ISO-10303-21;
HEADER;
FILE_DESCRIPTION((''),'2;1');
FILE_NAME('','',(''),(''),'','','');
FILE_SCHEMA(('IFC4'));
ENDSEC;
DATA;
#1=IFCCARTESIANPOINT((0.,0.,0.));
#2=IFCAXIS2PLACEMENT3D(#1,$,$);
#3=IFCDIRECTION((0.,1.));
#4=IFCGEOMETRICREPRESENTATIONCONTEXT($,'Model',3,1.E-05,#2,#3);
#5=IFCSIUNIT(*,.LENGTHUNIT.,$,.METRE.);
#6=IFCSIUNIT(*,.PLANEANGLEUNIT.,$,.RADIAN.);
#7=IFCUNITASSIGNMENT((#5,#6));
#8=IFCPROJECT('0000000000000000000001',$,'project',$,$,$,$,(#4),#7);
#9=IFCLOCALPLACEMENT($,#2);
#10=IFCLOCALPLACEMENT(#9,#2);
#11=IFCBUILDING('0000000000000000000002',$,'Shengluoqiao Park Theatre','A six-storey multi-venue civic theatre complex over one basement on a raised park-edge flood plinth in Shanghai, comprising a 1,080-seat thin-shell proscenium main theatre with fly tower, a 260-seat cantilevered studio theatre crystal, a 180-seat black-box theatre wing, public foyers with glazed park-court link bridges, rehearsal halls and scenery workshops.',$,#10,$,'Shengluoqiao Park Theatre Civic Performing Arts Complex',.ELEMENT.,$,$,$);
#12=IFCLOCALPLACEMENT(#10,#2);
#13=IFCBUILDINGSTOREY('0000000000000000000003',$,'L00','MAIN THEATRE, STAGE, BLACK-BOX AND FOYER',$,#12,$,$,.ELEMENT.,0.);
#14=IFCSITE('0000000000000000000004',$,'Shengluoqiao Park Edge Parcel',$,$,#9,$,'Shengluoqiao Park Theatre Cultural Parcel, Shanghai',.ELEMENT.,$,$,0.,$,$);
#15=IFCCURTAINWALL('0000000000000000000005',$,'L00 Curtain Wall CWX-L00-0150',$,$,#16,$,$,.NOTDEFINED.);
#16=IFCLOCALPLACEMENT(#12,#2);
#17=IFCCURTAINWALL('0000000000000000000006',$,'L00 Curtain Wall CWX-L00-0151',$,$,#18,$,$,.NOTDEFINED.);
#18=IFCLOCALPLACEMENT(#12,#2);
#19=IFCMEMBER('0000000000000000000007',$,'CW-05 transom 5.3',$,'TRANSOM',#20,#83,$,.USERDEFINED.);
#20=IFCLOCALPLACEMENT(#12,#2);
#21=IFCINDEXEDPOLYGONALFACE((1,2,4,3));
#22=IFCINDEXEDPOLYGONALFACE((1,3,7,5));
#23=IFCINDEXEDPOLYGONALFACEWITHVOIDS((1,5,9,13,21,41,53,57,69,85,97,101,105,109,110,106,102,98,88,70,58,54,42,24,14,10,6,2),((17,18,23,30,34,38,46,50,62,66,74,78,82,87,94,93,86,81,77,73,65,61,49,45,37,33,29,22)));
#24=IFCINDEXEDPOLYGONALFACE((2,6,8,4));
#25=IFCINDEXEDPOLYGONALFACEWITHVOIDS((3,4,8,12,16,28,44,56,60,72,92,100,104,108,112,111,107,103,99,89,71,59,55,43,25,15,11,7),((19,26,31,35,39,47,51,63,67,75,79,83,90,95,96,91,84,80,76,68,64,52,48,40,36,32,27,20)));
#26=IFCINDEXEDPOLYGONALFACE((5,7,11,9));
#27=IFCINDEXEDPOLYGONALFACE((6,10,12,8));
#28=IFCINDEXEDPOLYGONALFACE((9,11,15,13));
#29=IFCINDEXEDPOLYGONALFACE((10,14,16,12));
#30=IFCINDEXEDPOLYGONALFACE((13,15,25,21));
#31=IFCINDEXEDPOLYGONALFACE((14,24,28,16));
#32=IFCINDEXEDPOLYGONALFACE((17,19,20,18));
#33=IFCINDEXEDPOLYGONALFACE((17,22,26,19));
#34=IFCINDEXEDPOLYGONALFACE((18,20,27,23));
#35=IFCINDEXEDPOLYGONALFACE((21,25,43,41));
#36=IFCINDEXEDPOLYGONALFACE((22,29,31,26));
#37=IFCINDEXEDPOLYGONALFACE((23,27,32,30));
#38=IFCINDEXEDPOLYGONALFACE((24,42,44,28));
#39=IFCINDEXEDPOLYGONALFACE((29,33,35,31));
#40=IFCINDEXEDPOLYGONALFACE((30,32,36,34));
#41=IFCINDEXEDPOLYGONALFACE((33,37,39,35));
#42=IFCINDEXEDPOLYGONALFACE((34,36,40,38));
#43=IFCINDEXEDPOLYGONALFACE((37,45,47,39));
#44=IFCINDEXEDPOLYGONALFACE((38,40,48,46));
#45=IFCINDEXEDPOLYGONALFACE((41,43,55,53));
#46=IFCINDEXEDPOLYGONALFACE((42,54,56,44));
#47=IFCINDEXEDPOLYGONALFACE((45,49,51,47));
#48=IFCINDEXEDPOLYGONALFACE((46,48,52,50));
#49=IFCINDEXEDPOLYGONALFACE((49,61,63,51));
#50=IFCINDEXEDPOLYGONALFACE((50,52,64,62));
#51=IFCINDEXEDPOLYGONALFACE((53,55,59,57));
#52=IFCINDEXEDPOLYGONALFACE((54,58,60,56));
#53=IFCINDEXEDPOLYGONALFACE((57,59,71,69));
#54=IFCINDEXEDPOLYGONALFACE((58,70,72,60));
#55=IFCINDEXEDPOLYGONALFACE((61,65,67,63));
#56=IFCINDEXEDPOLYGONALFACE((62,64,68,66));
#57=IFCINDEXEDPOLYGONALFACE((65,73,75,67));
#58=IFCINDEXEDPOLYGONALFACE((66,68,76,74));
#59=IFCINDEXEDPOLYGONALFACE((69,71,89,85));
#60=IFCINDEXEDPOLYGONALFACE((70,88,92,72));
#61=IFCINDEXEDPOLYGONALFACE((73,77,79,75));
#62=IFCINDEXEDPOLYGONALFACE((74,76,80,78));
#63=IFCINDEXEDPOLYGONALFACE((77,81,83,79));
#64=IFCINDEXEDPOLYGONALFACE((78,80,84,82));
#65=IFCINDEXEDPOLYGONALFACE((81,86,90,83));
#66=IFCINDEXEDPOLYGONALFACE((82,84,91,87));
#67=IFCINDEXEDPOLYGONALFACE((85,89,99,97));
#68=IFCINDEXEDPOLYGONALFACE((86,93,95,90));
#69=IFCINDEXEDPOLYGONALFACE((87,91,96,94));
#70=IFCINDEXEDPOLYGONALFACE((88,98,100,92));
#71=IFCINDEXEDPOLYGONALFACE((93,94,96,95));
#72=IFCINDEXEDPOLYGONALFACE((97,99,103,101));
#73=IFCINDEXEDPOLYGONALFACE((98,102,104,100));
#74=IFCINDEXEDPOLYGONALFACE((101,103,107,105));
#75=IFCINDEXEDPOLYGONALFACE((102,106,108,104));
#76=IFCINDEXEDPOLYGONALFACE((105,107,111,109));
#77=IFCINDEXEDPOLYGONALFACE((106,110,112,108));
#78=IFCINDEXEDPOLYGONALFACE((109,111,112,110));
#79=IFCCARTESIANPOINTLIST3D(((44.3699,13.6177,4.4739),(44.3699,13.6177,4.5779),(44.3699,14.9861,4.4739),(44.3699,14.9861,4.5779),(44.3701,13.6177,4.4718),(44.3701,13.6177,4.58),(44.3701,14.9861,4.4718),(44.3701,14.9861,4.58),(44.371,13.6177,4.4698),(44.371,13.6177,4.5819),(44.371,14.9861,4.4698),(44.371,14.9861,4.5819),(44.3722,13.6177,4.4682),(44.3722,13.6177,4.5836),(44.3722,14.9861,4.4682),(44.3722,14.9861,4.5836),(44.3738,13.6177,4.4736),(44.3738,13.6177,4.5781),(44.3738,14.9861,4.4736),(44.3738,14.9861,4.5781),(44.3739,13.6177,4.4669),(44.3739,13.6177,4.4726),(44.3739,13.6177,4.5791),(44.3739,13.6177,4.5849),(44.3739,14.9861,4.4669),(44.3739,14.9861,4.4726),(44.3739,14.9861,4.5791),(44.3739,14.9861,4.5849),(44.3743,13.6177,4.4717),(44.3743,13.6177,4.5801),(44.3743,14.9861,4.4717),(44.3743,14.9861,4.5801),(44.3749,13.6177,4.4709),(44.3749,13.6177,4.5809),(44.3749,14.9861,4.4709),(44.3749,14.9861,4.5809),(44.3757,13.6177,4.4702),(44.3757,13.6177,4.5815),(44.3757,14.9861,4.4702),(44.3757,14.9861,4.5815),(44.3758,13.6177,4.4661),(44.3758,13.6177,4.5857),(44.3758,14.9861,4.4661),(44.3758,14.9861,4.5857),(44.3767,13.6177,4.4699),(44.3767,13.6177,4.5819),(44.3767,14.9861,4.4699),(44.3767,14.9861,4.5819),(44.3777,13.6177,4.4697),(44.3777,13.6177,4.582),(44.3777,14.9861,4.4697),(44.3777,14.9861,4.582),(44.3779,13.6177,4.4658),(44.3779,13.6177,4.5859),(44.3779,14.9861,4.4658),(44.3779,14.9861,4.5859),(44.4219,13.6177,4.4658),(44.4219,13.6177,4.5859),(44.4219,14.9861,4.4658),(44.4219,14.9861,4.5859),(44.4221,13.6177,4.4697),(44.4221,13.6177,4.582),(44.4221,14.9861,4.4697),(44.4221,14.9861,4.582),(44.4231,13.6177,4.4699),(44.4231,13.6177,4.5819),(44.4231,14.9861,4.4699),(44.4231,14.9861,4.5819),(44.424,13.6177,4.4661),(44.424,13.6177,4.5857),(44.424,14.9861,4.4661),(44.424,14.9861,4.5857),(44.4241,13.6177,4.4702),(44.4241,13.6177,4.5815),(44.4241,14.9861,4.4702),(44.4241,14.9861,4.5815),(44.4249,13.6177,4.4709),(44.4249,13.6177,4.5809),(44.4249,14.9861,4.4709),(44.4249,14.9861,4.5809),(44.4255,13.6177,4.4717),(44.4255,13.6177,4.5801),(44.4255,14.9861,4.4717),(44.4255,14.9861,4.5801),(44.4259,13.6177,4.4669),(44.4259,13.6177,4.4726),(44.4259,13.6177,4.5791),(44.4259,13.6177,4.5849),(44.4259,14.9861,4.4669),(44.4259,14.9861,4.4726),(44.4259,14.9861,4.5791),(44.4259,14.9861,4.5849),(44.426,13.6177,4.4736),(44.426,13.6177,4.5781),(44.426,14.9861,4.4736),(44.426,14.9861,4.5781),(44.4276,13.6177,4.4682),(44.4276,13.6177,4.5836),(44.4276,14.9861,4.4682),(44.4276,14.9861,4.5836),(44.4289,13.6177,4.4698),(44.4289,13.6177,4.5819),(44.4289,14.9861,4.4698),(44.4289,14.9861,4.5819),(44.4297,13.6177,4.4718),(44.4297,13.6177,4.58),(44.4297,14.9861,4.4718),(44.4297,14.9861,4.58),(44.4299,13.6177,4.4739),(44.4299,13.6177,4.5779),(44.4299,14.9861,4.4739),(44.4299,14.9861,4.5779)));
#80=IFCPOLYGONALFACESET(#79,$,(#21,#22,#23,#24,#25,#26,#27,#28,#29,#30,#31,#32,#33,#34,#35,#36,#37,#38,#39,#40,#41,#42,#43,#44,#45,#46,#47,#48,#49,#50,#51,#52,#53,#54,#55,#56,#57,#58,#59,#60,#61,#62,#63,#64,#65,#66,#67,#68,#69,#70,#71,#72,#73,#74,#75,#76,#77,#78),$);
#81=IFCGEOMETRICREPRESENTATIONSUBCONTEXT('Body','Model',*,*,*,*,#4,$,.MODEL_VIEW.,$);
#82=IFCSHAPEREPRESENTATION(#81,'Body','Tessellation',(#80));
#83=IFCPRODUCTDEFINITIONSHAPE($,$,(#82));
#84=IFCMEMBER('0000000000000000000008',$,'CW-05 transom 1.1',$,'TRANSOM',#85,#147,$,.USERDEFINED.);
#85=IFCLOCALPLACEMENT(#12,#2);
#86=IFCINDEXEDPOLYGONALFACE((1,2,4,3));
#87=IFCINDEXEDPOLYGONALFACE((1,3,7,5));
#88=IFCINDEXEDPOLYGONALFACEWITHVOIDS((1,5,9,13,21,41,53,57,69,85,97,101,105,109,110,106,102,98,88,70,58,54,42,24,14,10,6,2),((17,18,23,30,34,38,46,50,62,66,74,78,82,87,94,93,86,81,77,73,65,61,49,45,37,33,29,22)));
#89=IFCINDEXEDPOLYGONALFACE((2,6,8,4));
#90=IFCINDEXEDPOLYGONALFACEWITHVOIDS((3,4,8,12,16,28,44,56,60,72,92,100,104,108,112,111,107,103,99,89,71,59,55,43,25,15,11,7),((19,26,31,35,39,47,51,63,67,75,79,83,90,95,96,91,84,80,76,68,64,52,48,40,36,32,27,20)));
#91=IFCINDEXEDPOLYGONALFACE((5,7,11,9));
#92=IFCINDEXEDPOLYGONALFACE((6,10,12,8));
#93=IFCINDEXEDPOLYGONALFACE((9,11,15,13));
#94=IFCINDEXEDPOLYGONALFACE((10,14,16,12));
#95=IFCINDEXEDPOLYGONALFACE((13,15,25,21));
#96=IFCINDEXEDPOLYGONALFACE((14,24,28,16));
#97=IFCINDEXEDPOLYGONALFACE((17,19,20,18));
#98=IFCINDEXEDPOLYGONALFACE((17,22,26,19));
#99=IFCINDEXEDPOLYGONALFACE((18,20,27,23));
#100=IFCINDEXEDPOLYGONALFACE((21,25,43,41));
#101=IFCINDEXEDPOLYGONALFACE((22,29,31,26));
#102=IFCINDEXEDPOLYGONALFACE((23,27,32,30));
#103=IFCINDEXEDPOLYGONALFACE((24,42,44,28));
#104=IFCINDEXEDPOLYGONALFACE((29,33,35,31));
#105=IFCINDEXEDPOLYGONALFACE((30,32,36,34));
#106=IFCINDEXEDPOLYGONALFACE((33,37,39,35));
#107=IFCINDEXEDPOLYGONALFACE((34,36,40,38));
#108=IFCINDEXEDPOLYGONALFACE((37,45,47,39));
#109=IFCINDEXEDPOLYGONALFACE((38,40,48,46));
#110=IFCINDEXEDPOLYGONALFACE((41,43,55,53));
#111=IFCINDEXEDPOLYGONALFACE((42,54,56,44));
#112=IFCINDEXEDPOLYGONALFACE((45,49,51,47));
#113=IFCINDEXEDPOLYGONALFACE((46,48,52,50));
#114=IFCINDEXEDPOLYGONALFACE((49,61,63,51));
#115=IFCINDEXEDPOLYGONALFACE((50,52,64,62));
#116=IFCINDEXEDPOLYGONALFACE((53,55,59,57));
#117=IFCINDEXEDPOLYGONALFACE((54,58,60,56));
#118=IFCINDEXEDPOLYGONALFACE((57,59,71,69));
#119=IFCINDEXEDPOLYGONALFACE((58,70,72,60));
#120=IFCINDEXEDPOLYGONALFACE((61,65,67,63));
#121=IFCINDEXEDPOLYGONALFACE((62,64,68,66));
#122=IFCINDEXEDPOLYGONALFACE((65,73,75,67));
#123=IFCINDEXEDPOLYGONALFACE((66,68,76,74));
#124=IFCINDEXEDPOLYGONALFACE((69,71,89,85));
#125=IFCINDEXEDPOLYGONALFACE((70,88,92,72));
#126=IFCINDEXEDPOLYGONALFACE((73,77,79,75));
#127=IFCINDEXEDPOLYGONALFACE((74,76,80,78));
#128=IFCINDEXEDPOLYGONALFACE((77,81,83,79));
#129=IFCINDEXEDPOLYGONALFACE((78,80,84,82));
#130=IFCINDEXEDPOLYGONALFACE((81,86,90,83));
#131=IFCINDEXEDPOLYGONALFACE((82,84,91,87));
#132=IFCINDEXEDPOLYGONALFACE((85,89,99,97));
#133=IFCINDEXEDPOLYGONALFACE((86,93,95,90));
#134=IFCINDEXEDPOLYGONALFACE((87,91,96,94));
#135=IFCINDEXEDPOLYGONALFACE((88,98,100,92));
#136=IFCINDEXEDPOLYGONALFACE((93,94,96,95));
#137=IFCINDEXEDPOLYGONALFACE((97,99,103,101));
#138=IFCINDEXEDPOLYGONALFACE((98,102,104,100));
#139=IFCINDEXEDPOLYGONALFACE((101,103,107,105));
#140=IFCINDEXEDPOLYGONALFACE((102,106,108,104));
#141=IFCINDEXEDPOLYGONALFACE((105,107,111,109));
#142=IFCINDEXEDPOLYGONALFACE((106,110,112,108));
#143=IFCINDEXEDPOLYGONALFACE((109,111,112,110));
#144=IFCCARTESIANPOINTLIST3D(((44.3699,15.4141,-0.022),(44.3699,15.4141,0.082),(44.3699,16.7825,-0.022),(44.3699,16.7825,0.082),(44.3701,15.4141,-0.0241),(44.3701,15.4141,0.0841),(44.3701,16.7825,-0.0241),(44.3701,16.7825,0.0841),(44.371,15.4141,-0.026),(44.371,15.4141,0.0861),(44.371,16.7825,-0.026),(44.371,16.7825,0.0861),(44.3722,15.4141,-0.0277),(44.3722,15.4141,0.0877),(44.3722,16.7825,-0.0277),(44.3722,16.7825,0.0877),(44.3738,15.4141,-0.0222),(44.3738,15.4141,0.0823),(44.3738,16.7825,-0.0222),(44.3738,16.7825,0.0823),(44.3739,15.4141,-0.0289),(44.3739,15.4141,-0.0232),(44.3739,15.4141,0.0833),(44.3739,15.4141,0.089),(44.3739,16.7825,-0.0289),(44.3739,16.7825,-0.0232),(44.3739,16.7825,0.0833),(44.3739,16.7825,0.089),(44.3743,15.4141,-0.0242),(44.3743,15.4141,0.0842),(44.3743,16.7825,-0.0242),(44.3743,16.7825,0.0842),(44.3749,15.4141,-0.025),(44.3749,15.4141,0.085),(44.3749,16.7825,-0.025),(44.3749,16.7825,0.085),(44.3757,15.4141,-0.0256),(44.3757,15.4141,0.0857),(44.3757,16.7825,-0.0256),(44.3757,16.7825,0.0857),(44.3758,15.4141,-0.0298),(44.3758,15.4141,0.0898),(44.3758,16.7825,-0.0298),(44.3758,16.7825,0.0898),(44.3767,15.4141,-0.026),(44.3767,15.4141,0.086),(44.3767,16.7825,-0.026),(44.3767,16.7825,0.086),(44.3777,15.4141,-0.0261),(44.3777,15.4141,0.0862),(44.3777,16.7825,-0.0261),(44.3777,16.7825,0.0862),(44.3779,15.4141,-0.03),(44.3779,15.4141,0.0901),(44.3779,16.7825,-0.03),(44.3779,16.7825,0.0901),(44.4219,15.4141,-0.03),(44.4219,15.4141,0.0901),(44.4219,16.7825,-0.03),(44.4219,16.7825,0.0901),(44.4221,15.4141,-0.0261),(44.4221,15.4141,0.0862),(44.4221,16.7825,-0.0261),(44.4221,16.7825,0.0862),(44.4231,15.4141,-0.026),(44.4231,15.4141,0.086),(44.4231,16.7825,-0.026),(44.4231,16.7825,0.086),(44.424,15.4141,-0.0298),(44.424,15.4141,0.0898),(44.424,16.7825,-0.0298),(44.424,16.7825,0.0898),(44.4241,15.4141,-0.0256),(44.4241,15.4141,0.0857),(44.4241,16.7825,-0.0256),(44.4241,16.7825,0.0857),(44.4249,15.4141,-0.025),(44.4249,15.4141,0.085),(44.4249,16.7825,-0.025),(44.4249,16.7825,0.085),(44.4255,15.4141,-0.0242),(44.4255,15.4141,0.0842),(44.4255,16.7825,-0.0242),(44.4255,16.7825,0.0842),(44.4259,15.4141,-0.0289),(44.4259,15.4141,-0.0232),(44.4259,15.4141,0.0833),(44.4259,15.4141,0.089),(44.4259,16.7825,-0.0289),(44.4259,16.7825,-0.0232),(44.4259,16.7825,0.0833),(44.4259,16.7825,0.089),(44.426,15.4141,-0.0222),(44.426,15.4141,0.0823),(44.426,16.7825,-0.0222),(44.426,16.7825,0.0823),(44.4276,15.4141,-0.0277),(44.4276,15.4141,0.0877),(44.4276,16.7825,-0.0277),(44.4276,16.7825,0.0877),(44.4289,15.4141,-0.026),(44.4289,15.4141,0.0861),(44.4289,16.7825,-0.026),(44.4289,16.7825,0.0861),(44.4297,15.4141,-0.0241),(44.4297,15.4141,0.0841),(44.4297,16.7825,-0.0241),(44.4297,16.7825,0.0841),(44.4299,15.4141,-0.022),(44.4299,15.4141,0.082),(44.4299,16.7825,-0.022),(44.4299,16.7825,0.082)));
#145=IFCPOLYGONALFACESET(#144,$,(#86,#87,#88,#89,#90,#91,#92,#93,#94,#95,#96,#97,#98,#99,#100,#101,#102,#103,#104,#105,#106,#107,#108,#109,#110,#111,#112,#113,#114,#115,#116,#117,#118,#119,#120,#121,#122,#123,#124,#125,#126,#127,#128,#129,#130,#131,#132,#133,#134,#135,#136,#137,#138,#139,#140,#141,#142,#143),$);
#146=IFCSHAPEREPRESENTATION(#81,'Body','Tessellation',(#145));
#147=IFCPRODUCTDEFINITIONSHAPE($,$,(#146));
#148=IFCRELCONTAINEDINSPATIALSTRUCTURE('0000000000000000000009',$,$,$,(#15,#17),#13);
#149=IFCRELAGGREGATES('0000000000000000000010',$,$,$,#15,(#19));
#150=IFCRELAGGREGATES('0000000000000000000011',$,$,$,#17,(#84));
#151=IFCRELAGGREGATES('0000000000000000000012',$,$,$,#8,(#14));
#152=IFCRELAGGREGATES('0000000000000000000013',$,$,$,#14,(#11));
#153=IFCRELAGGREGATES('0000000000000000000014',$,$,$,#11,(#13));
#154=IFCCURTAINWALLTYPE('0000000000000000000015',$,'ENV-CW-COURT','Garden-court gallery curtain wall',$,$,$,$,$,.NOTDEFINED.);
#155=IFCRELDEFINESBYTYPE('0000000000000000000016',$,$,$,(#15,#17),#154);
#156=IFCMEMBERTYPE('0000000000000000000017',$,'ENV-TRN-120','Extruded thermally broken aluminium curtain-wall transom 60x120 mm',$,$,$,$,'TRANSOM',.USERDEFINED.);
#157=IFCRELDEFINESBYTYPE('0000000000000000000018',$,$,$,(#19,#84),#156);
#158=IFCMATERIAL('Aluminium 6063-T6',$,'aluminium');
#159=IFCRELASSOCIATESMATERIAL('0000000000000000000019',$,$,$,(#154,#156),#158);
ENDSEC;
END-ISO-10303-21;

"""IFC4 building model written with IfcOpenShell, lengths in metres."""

from ifc_helpers import new_model, si_unit, direction, frame, origin, origin_2d, place, context, subcontext, project, spatial, hollow_rectangle, extrude, material, material_profile, profile_set, type_object, element, aggregate, save


model = new_model("IFC4")

# Units and contexts
model_context = context("Model", 3, precision=1e-05, world=origin(), true_north=direction((0.0, 1.0)))
body_context = subcontext(model_context, "Body", "Model", "MODEL_VIEW")
ifc_project = project(units=[si_unit("LENGTHUNIT", "METRE"), si_unit("PLANEANGLEUNIT", "RADIAN")], contexts=[model_context])

# Site, building, storey
site_placement = place(None, origin())
site = spatial("IfcSite", under=ifc_project, at=site_placement, Name="Shengluoqiao Park Edge Parcel", LongName="Shengluoqiao Park Theatre Cultural Parcel, Shanghai", CompositionType="ELEMENT", RefElevation=0.0)
building_placement = place(site_placement, origin())
building = spatial("IfcBuilding", under=site, at=building_placement, Name="Shengluoqiao Park Theatre", Description="A six-storey multi-venue civic theatre complex over one basement on a raised park-edge flood plinth in Shanghai, comprising a 1,080-seat thin-shell proscenium main theatre with fly tower, a 260-seat cantilevered studio theatre crystal, a 180-seat black-box theatre wing, public foyers with glazed park-court link bridges, rehearsal halls and scenery workshops.", LongName="Shengluoqiao Park Theatre Civic Performing Arts Complex", CompositionType="ELEMENT")
storey_placement = place(building_placement, origin())
storey = spatial("IfcBuildingStorey", under=building, at=storey_placement, Name="L00", Description="MAIN THEATRE, STAGE, BLACK-BOX AND FOYER", CompositionType="ELEMENT", Elevation=0.0)

# Curtain wall
ifc_material_1 = material(Name="Aluminium 6063-T6", Category="aluminium")
curtain_wall_type = type_object("IfcCurtainWallType", Name="ENV-CW-COURT", Description="Garden-court gallery curtain wall", PredefinedType="NOTDEFINED", material=ifc_material_1)
curtain_wall_1_placement = place(storey_placement, origin())
curtain_wall_1 = element("IfcCurtainWall", 1, at=curtain_wall_1_placement, inside=storey, type_object=curtain_wall_type, Name="L00 Curtain Wall CWX-L00-0150", PredefinedType="NOTDEFINED")

# Curtain wall
curtain_wall_2_placement = place(storey_placement, origin())
curtain_wall_2 = element("IfcCurtainWall", 2, at=curtain_wall_2_placement, inside=storey, type_object=curtain_wall_type, Name="L00 Curtain Wall CWX-L00-0151", PredefinedType="NOTDEFINED")

# Members
ifc_material_profile_1 = material_profile(ifc_material_1, hollow_rectangle(XDim=0.0601, YDim=0.1201, WallThickness=0.0039, InnerFilletRadius=0.0039, OuterFilletRadius=0.0081, at=origin_2d()), Name="ALU TRANSOM 120x60x4")
ifc_profile_set_1 = profile_set([ifc_material_profile_1], Name="Aluminium 6063-T6")
member_type_1 = type_object("IfcMemberType", Name="ENV-TRN-120", Description="Extruded thermally broken aluminium curtain-wall transom 60x120 mm", ElementType="TRANSOM", PredefinedType="USERDEFINED", material=ifc_profile_set_1)
member_1_placement = place(storey_placement, frame((44.3999, 13.6177, 4.5259), z_axis=(0.0, 1.0, 0.0), x_axis=(-1.0, 0.0, 0.0)))
member_1 = element("IfcMember", 3, at=member_1_placement, type_object=member_type_1, Name="CW-05 transom 5.3", ObjectType="TRANSOM", PredefinedType="USERDEFINED", context=body_context, shape_type="SweptSolid", body=[
    extrude(hollow_rectangle(XDim=0.0601, YDim=0.1201, WallThickness=0.0039, InnerFilletRadius=0.0039, OuterFilletRadius=0.0081, at=origin_2d()), origin(), (0.0, 0.0, 1.0), 1.3684),
])
member_2_placement = place(storey_placement, frame((44.3999, 15.4141, 0.03), z_axis=(0.0, 1.0, 0.0), x_axis=(-1.0, 0.0, 0.0)))
member_2 = element("IfcMember", 4, at=member_2_placement, type_object=member_type_1, Name="CW-05 transom 1.1", ObjectType="TRANSOM", PredefinedType="USERDEFINED", context=body_context, shape_type="SweptSolid", body=[
    extrude(hollow_rectangle(XDim=0.0601, YDim=0.1201, WallThickness=0.0039, InnerFilletRadius=0.0039, OuterFilletRadius=0.0081, at=origin_2d()), origin(), (0.0, 0.0, 1.0), 1.3684),
])

aggregate(curtain_wall_1, [member_1])
aggregate(curtain_wall_2, [member_2])

save(model, "model.ifc")
